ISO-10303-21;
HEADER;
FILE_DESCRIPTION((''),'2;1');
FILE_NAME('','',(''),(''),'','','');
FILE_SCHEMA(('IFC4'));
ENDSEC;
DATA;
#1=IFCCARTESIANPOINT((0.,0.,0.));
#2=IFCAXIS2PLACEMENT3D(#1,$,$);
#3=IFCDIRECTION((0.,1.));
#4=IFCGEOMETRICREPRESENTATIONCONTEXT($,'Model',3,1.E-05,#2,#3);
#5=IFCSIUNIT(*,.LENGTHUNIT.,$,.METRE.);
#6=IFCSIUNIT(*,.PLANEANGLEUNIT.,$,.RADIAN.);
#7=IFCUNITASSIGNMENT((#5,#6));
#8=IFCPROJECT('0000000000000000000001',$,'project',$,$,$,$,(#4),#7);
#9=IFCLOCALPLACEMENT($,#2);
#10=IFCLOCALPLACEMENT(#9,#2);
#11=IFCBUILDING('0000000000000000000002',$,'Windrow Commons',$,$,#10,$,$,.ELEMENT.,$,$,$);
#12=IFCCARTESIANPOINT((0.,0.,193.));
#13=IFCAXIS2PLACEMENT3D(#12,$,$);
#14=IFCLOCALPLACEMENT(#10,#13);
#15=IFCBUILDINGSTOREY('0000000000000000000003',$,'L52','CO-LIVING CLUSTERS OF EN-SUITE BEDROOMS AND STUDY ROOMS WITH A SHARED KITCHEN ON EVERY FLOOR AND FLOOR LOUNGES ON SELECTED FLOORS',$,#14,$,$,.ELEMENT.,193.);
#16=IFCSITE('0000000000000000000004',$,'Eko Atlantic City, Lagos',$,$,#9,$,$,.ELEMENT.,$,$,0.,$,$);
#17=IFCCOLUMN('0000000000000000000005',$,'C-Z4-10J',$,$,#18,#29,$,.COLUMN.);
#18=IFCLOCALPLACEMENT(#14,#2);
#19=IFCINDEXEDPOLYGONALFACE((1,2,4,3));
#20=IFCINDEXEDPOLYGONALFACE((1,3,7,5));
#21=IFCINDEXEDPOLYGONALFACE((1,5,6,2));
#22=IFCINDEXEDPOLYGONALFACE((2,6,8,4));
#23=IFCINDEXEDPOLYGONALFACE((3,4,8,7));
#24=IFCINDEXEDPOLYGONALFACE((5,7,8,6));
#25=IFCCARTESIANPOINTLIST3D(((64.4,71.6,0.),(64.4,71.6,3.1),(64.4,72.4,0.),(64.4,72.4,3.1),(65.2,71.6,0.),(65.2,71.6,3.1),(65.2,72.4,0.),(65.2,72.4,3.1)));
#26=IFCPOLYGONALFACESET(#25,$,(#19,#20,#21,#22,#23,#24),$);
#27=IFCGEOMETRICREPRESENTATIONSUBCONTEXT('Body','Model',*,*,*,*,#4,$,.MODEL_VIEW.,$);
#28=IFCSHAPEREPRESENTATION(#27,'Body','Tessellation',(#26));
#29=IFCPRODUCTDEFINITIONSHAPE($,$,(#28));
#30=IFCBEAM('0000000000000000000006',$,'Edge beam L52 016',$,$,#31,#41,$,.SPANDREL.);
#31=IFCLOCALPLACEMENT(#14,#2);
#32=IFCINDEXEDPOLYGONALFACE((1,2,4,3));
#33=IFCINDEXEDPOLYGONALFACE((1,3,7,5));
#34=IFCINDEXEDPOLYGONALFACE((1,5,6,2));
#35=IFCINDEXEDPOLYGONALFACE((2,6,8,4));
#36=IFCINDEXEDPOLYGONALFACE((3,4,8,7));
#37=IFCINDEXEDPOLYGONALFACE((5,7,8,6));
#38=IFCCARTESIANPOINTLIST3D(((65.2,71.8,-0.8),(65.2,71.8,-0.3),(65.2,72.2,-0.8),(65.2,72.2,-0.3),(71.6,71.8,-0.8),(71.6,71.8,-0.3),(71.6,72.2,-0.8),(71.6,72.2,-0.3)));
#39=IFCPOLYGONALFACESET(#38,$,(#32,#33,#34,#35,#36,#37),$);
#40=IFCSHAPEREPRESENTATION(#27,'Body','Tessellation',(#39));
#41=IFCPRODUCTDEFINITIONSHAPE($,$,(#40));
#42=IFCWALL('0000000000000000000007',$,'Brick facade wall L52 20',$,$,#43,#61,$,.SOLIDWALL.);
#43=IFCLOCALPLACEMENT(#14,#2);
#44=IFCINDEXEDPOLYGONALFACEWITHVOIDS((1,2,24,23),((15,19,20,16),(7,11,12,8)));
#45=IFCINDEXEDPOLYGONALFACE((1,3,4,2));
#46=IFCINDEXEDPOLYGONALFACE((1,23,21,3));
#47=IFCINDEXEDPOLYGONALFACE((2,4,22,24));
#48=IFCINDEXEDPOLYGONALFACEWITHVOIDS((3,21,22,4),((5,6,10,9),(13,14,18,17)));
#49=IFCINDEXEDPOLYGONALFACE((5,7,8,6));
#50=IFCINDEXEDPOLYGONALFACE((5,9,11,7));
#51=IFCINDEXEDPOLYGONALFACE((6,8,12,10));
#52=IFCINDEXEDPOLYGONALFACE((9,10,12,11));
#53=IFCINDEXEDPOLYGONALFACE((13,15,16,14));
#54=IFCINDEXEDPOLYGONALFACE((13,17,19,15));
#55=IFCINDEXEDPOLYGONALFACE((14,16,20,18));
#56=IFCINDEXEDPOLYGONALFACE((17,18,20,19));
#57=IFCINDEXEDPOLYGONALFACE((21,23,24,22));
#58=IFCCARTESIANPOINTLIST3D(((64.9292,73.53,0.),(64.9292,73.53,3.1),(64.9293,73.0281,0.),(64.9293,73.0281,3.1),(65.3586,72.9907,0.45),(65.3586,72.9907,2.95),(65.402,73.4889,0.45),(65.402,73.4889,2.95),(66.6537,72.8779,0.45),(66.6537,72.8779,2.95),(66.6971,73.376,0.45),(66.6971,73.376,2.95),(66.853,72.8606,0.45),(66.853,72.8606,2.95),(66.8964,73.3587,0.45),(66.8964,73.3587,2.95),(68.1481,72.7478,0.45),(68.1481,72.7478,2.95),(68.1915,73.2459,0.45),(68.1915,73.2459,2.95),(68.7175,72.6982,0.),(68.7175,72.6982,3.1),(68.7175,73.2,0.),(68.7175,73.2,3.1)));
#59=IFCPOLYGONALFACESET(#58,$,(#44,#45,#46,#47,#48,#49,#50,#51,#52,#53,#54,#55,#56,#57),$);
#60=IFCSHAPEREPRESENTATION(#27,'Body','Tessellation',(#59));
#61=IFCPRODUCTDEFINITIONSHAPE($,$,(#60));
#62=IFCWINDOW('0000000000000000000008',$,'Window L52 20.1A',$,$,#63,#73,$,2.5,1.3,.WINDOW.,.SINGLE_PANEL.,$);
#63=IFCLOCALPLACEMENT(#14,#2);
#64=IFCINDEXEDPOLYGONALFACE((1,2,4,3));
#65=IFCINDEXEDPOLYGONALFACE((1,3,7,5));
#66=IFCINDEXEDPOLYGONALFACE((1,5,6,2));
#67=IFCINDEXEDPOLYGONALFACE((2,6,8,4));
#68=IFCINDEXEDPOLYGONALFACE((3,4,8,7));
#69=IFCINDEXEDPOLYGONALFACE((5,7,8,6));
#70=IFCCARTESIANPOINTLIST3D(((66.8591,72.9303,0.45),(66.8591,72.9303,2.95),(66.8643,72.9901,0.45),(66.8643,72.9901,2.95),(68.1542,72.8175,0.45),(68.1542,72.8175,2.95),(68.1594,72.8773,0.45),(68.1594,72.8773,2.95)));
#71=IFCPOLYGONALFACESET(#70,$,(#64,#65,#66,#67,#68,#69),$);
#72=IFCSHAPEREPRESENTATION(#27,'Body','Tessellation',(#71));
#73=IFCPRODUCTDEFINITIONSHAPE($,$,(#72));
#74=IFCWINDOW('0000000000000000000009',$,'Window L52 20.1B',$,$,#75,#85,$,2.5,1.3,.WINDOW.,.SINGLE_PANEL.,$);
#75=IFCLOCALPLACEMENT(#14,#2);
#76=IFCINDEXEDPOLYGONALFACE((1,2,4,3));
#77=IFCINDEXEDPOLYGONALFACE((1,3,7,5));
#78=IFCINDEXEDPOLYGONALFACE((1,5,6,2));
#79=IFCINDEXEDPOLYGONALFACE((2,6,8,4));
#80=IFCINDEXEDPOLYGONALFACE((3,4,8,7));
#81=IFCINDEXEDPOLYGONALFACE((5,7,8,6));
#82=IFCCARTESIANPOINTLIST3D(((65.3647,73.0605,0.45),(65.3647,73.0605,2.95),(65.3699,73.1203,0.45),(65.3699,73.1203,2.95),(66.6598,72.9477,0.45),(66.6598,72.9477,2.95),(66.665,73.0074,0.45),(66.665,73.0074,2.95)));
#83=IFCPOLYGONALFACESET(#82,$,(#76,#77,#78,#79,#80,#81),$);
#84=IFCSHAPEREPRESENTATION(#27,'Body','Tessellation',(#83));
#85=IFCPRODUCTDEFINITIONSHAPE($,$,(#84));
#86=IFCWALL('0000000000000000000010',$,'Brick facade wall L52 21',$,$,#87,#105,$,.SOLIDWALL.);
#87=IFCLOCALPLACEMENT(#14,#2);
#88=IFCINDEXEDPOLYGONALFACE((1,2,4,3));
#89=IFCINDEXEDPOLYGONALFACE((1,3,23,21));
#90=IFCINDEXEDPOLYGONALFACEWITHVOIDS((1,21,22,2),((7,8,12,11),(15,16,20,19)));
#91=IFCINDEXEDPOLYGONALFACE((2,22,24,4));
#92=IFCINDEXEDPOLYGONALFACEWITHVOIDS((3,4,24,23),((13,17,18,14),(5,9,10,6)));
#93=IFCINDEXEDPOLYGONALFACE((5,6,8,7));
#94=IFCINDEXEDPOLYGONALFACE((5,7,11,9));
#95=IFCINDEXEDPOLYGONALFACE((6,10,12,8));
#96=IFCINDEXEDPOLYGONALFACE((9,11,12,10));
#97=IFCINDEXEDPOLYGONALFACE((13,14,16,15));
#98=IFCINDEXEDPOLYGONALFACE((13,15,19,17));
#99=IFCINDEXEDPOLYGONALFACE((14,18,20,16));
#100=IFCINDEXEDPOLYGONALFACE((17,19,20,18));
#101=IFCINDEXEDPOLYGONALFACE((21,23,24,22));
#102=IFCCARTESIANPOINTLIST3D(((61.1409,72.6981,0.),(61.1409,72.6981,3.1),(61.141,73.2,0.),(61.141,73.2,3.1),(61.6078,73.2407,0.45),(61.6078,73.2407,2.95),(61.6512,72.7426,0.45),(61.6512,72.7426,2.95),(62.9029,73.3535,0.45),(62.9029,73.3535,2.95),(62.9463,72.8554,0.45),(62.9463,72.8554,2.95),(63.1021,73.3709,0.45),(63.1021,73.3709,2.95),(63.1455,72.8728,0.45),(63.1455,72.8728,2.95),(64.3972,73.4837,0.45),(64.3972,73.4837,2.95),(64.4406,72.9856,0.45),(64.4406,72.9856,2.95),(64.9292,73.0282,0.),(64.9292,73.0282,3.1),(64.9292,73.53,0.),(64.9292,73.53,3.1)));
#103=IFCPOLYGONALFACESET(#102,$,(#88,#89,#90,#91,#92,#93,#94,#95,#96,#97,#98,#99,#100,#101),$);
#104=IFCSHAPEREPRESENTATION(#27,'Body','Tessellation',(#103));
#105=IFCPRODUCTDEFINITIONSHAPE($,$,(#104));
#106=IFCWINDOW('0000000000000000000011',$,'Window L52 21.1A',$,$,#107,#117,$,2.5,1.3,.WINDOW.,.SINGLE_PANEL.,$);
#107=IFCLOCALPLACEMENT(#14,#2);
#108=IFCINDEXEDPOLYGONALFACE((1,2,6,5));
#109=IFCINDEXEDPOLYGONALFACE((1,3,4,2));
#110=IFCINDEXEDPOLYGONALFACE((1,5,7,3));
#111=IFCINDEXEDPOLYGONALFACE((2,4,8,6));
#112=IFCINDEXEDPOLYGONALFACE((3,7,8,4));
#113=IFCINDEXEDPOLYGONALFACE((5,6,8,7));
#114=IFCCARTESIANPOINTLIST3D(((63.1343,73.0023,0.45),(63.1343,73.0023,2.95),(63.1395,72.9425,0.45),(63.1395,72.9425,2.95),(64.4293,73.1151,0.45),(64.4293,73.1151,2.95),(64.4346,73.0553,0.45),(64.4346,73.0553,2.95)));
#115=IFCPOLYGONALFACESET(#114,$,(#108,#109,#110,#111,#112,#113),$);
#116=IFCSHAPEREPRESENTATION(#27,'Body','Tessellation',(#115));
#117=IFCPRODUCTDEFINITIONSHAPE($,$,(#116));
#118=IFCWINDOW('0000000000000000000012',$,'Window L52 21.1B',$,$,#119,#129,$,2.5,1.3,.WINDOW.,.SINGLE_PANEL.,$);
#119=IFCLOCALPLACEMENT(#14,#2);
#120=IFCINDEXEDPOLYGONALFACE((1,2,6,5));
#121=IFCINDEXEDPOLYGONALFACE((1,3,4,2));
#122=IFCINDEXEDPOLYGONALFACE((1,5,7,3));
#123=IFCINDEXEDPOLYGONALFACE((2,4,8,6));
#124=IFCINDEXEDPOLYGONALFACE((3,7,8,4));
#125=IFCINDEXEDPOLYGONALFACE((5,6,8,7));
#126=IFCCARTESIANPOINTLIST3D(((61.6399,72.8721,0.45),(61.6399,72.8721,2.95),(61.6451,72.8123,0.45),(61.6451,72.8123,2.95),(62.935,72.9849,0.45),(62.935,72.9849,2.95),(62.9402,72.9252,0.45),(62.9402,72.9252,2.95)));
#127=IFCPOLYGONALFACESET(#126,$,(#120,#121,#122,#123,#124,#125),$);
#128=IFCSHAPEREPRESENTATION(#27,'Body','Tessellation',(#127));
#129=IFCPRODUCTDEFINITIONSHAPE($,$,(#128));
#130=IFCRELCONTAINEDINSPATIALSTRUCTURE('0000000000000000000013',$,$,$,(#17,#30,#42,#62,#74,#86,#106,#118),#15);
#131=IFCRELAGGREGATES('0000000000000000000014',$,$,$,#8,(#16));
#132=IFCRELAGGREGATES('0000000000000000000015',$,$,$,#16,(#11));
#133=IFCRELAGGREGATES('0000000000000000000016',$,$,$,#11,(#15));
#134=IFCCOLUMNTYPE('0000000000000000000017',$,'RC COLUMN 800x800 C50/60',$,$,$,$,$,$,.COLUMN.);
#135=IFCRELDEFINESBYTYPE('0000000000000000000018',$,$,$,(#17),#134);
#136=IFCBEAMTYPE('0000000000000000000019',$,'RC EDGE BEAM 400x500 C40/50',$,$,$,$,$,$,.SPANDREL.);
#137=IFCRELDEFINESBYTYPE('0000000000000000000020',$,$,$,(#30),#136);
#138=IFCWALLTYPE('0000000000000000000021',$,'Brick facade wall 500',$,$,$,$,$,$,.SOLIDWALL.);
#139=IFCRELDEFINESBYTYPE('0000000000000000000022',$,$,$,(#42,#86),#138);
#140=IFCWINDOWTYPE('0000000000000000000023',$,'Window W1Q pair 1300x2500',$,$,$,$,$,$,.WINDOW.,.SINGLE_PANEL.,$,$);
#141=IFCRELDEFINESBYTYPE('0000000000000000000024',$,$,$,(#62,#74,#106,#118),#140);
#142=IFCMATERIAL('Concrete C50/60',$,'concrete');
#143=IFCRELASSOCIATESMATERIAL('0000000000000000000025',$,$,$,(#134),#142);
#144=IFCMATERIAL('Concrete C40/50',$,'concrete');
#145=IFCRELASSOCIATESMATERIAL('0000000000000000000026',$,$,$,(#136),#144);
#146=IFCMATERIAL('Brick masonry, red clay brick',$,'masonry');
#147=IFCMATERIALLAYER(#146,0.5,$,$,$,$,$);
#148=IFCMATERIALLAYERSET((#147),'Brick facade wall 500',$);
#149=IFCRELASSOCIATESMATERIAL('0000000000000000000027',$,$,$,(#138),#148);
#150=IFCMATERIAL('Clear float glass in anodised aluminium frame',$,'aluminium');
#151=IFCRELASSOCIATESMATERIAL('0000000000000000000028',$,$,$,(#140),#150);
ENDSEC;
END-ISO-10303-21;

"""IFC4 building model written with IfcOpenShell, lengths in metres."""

from ifc_helpers import new_model, si_unit, direction, frame, frame_2d, origin, origin_2d, place, context, subcontext, project, spatial, polyline, rectangle, outline, extrude, material, layer, layer_set, material_profile, profile_set, type_object, element, fill, save


model = new_model("IFC4")

# Units and contexts
model_context = context("Model", 3, precision=1e-05, world=origin(), true_north=direction((0.0, 1.0)))
body_context = subcontext(model_context, "Body", "Model", "MODEL_VIEW")
ifc_project = project(units=[si_unit("LENGTHUNIT", "METRE"), si_unit("PLANEANGLEUNIT", "RADIAN")], contexts=[model_context])

# Site, building, storey
site_placement = place(None, origin())
site = spatial("IfcSite", under=ifc_project, at=site_placement, Name="Eko Atlantic City, Lagos", CompositionType="ELEMENT", RefElevation=0.0)
building_placement = place(site_placement, origin())
building = spatial("IfcBuilding", under=site, at=building_placement, Name="Windrow Commons", CompositionType="ELEMENT")
storey_placement = place(building_placement, frame((0.0, 0.0, 193.0)))
storey = spatial("IfcBuildingStorey", under=building, at=storey_placement, Name="L52", Description="CO-LIVING CLUSTERS OF EN-SUITE BEDROOMS AND STUDY ROOMS WITH A SHARED KITCHEN ON EVERY FLOOR AND FLOOR LOUNGES ON SELECTED FLOORS", CompositionType="ELEMENT", Elevation=193.0)

# Column
ifc_material_1 = material(Name="Concrete C50/60", Category="concrete")
ifc_material_profile_1 = material_profile(ifc_material_1, rectangle(XDim=0.8, YDim=0.8, at=origin_2d()))
ifc_profile_set_1 = profile_set([ifc_material_profile_1], Name="Concrete C50/60")
column_type = type_object("IfcColumnType", Name="RC COLUMN 800x800 C50/60", PredefinedType="COLUMN", material=ifc_profile_set_1)
column_placement = place(storey_placement, frame((64.8, 72.0, 0.0), z_axis=(0.0, 0.0, 1.0), x_axis=(1.0, 0.0, 0.0)))
element("IfcColumn", 1, at=column_placement, inside=storey, type_object=column_type, Name="C-Z4-10J", PredefinedType="COLUMN", context=body_context, shape_type="SweptSolid", body=[
    extrude(rectangle(XDim=0.8, YDim=0.8, at=origin_2d()), origin(), (0.0, 0.0, 1.0), 3.1),
])

# Beam
ifc_material_2 = material(Name="Concrete C40/50", Category="concrete")
ifc_material_profile_2 = material_profile(ifc_material_2, rectangle(XDim=0.4, YDim=0.5, at=origin_2d()))
ifc_profile_set_2 = profile_set([ifc_material_profile_2], Name="Concrete C40/50")
beam_type = type_object("IfcBeamType", Name="RC EDGE BEAM 400x500 C40/50", PredefinedType="SPANDREL", material=ifc_profile_set_2)
beam_placement = place(storey_placement, frame((65.2, 72.0, -0.55), z_axis=(1.0, 0.0, 0.0), x_axis=(0.0, 1.0, 0.0)))
element("IfcBeam", 2, at=beam_placement, inside=storey, type_object=beam_type, Name="Edge beam L52 016", PredefinedType="SPANDREL", context=body_context, shape_type="SweptSolid", body=[
    extrude(rectangle(XDim=0.4, YDim=0.5, at=origin_2d()), origin(), (0.0, 0.0, 1.0), 6.4),
])

# Walls, openings, windows
ifc_material_3 = material(Name="Brick masonry, red clay brick", Category="masonry")
ifc_layer_1 = layer(ifc_material_3, 0.5)
ifc_layer_set_1 = layer_set([ifc_layer_1], Name="Brick facade wall 500")
wall_type_1 = type_object("IfcWallType", Name="Brick facade wall 500", PredefinedType="SOLIDWALL", material=ifc_layer_set_1)
wall_1_placement = place(storey_placement, frame((68.7175, 72.9491, 0.0), z_axis=(0.0, 0.0, 1.0), x_axis=(-0.996227, 0.086782, 0.0)))
wall_1 = element("IfcWall", 3, at=wall_1_placement, inside=storey, type_object=wall_type_1, Name="Brick facade wall L52 20", PredefinedType="SOLIDWALL", context=body_context, shape_type="SweptSolid", body=[
    extrude(outline(polyline([(0.0218, -0.25), (3.8244, -0.25), (3.7808, 0.25), (-0.0218, 0.25), (0.0218, -0.25)])), origin(), (0.0, 0.0, 1.0), 3.1),
])
opening_1_placement = place(wall_1_placement, frame((0.5498, 0.0, 0.45)))
opening_1 = element("IfcOpeningElement", 4, at=opening_1_placement, cuts=wall_1, PredefinedType="OPENING", context=body_context, shape_type="SweptSolid", body=[
    extrude(rectangle(XDim=1.3, YDim=2.5, at=frame_2d((0.65, 1.25))), frame((0.0, 0.26, 0.0), z_axis=(0.0, -1.0, 0.0), x_axis=(1.0, 0.0, 0.0)), (0.0, 0.0, 1.0), 0.52),
])
opening_2_placement = place(wall_1_placement, frame((2.0498, 0.0, 0.45)))
opening_2 = element("IfcOpeningElement", 5, at=opening_2_placement, cuts=wall_1, PredefinedType="OPENING", context=body_context, shape_type="SweptSolid", body=[
    extrude(rectangle(XDim=1.3, YDim=2.5, at=frame_2d((0.65, 1.25))), frame((0.0, 0.26, 0.0), z_axis=(0.0, -1.0, 0.0), x_axis=(1.0, 0.0, 0.0)), (0.0, 0.0, 1.0), 0.52),
])
ifc_material_4 = material(Name="Clear float glass in anodised aluminium frame", Category="aluminium")
window_type = type_object("IfcWindowType", Name="Window W1Q pair 1300x2500", PartitioningType="SINGLE_PANEL", PredefinedType="WINDOW", material=ifc_material_4)
window_1_placement = place(opening_1_placement, origin())
window_1 = element("IfcWindow", 6, at=window_1_placement, inside=storey, type_object=window_type, Name="Window L52 20.1A", OverallHeight=2.5, OverallWidth=1.3, PartitioningType="SINGLE_PANEL", PredefinedType="WINDOW", context=body_context, shape_type="SweptSolid", body=[
    extrude(rectangle(XDim=1.3, YDim=2.5, at=frame_2d((0.65, 1.25))), frame((0.0, 0.18, 0.0), z_axis=(0.0, -1.0, 0.0), x_axis=(1.0, 0.0, 0.0)), (0.0, 0.0, 1.0), 0.06),
])
fill(opening_1, window_1)
window_2_placement = place(opening_2_placement, origin())
window_2 = element("IfcWindow", 7, at=window_2_placement, inside=storey, type_object=window_type, Name="Window L52 20.1B", OverallHeight=2.5, OverallWidth=1.3, PartitioningType="SINGLE_PANEL", PredefinedType="WINDOW", context=body_context, shape_type="SweptSolid", body=[
    extrude(rectangle(XDim=1.3, YDim=2.5, at=frame_2d((0.65, 1.25))), frame((0.0, 0.18, 0.0), z_axis=(0.0, -1.0, 0.0), x_axis=(1.0, 0.0, 0.0)), (0.0, 0.0, 1.0), 0.06),
])
fill(opening_2, window_2)
wall_2_placement = place(storey_placement, frame((64.9292, 73.2791, 0.0), z_axis=(0.0, 0.0, 1.0), x_axis=(-0.996227, -0.086784, 0.0)))
wall_2 = element("IfcWall", 8, at=wall_2_placement, inside=storey, type_object=wall_type_1, Name="Brick facade wall L52 21", PredefinedType="SOLIDWALL", context=body_context, shape_type="SweptSolid", body=[
    extrude(outline(polyline([(-0.0218, -0.25), (3.7808, -0.25), (3.8244, 0.25), (0.0218, 0.25), (-0.0218, -0.25)])), origin(), (0.0, 0.0, 1.0), 3.1),
])
opening_3_placement = place(wall_2_placement, frame((0.5122, 0.0, 0.45)))
opening_3 = element("IfcOpeningElement", 9, at=opening_3_placement, cuts=wall_2, PredefinedType="OPENING", context=body_context, shape_type="SweptSolid", body=[
    extrude(rectangle(XDim=1.3, YDim=2.5, at=frame_2d((0.65, 1.25))), frame((0.0, 0.26, 0.0), z_axis=(0.0, -1.0, 0.0), x_axis=(1.0, 0.0, 0.0)), (0.0, 0.0, 1.0), 0.52),
])
opening_4_placement = place(wall_2_placement, frame((2.0122, 0.0, 0.45)))
opening_4 = element("IfcOpeningElement", 10, at=opening_4_placement, cuts=wall_2, PredefinedType="OPENING", context=body_context, shape_type="SweptSolid", body=[
    extrude(rectangle(XDim=1.3, YDim=2.5, at=frame_2d((0.65, 1.25))), frame((0.0, 0.26, 0.0), z_axis=(0.0, -1.0, 0.0), x_axis=(1.0, 0.0, 0.0)), (0.0, 0.0, 1.0), 0.52),
])
window_3_placement = place(opening_3_placement, origin())
window_3 = element("IfcWindow", 11, at=window_3_placement, inside=storey, type_object=window_type, Name="Window L52 21.1A", OverallHeight=2.5, OverallWidth=1.3, PartitioningType="SINGLE_PANEL", PredefinedType="WINDOW", context=body_context, shape_type="SweptSolid", body=[
    extrude(rectangle(XDim=1.3, YDim=2.5, at=frame_2d((0.65, 1.25))), frame((0.0, 0.18, 0.0), z_axis=(0.0, -1.0, 0.0), x_axis=(1.0, 0.0, 0.0)), (0.0, 0.0, 1.0), 0.06),
])
fill(opening_3, window_3)
window_4_placement = place(opening_4_placement, origin())
window_4 = element("IfcWindow", 12, at=window_4_placement, inside=storey, type_object=window_type, Name="Window L52 21.1B", OverallHeight=2.5, OverallWidth=1.3, PartitioningType="SINGLE_PANEL", PredefinedType="WINDOW", context=body_context, shape_type="SweptSolid", body=[
    extrude(rectangle(XDim=1.3, YDim=2.5, at=frame_2d((0.65, 1.25))), frame((0.0, 0.18, 0.0), z_axis=(0.0, -1.0, 0.0), x_axis=(1.0, 0.0, 0.0)), (0.0, 0.0, 1.0), 0.06),
])
fill(opening_4, window_4)

save(model, "model.ifc")
